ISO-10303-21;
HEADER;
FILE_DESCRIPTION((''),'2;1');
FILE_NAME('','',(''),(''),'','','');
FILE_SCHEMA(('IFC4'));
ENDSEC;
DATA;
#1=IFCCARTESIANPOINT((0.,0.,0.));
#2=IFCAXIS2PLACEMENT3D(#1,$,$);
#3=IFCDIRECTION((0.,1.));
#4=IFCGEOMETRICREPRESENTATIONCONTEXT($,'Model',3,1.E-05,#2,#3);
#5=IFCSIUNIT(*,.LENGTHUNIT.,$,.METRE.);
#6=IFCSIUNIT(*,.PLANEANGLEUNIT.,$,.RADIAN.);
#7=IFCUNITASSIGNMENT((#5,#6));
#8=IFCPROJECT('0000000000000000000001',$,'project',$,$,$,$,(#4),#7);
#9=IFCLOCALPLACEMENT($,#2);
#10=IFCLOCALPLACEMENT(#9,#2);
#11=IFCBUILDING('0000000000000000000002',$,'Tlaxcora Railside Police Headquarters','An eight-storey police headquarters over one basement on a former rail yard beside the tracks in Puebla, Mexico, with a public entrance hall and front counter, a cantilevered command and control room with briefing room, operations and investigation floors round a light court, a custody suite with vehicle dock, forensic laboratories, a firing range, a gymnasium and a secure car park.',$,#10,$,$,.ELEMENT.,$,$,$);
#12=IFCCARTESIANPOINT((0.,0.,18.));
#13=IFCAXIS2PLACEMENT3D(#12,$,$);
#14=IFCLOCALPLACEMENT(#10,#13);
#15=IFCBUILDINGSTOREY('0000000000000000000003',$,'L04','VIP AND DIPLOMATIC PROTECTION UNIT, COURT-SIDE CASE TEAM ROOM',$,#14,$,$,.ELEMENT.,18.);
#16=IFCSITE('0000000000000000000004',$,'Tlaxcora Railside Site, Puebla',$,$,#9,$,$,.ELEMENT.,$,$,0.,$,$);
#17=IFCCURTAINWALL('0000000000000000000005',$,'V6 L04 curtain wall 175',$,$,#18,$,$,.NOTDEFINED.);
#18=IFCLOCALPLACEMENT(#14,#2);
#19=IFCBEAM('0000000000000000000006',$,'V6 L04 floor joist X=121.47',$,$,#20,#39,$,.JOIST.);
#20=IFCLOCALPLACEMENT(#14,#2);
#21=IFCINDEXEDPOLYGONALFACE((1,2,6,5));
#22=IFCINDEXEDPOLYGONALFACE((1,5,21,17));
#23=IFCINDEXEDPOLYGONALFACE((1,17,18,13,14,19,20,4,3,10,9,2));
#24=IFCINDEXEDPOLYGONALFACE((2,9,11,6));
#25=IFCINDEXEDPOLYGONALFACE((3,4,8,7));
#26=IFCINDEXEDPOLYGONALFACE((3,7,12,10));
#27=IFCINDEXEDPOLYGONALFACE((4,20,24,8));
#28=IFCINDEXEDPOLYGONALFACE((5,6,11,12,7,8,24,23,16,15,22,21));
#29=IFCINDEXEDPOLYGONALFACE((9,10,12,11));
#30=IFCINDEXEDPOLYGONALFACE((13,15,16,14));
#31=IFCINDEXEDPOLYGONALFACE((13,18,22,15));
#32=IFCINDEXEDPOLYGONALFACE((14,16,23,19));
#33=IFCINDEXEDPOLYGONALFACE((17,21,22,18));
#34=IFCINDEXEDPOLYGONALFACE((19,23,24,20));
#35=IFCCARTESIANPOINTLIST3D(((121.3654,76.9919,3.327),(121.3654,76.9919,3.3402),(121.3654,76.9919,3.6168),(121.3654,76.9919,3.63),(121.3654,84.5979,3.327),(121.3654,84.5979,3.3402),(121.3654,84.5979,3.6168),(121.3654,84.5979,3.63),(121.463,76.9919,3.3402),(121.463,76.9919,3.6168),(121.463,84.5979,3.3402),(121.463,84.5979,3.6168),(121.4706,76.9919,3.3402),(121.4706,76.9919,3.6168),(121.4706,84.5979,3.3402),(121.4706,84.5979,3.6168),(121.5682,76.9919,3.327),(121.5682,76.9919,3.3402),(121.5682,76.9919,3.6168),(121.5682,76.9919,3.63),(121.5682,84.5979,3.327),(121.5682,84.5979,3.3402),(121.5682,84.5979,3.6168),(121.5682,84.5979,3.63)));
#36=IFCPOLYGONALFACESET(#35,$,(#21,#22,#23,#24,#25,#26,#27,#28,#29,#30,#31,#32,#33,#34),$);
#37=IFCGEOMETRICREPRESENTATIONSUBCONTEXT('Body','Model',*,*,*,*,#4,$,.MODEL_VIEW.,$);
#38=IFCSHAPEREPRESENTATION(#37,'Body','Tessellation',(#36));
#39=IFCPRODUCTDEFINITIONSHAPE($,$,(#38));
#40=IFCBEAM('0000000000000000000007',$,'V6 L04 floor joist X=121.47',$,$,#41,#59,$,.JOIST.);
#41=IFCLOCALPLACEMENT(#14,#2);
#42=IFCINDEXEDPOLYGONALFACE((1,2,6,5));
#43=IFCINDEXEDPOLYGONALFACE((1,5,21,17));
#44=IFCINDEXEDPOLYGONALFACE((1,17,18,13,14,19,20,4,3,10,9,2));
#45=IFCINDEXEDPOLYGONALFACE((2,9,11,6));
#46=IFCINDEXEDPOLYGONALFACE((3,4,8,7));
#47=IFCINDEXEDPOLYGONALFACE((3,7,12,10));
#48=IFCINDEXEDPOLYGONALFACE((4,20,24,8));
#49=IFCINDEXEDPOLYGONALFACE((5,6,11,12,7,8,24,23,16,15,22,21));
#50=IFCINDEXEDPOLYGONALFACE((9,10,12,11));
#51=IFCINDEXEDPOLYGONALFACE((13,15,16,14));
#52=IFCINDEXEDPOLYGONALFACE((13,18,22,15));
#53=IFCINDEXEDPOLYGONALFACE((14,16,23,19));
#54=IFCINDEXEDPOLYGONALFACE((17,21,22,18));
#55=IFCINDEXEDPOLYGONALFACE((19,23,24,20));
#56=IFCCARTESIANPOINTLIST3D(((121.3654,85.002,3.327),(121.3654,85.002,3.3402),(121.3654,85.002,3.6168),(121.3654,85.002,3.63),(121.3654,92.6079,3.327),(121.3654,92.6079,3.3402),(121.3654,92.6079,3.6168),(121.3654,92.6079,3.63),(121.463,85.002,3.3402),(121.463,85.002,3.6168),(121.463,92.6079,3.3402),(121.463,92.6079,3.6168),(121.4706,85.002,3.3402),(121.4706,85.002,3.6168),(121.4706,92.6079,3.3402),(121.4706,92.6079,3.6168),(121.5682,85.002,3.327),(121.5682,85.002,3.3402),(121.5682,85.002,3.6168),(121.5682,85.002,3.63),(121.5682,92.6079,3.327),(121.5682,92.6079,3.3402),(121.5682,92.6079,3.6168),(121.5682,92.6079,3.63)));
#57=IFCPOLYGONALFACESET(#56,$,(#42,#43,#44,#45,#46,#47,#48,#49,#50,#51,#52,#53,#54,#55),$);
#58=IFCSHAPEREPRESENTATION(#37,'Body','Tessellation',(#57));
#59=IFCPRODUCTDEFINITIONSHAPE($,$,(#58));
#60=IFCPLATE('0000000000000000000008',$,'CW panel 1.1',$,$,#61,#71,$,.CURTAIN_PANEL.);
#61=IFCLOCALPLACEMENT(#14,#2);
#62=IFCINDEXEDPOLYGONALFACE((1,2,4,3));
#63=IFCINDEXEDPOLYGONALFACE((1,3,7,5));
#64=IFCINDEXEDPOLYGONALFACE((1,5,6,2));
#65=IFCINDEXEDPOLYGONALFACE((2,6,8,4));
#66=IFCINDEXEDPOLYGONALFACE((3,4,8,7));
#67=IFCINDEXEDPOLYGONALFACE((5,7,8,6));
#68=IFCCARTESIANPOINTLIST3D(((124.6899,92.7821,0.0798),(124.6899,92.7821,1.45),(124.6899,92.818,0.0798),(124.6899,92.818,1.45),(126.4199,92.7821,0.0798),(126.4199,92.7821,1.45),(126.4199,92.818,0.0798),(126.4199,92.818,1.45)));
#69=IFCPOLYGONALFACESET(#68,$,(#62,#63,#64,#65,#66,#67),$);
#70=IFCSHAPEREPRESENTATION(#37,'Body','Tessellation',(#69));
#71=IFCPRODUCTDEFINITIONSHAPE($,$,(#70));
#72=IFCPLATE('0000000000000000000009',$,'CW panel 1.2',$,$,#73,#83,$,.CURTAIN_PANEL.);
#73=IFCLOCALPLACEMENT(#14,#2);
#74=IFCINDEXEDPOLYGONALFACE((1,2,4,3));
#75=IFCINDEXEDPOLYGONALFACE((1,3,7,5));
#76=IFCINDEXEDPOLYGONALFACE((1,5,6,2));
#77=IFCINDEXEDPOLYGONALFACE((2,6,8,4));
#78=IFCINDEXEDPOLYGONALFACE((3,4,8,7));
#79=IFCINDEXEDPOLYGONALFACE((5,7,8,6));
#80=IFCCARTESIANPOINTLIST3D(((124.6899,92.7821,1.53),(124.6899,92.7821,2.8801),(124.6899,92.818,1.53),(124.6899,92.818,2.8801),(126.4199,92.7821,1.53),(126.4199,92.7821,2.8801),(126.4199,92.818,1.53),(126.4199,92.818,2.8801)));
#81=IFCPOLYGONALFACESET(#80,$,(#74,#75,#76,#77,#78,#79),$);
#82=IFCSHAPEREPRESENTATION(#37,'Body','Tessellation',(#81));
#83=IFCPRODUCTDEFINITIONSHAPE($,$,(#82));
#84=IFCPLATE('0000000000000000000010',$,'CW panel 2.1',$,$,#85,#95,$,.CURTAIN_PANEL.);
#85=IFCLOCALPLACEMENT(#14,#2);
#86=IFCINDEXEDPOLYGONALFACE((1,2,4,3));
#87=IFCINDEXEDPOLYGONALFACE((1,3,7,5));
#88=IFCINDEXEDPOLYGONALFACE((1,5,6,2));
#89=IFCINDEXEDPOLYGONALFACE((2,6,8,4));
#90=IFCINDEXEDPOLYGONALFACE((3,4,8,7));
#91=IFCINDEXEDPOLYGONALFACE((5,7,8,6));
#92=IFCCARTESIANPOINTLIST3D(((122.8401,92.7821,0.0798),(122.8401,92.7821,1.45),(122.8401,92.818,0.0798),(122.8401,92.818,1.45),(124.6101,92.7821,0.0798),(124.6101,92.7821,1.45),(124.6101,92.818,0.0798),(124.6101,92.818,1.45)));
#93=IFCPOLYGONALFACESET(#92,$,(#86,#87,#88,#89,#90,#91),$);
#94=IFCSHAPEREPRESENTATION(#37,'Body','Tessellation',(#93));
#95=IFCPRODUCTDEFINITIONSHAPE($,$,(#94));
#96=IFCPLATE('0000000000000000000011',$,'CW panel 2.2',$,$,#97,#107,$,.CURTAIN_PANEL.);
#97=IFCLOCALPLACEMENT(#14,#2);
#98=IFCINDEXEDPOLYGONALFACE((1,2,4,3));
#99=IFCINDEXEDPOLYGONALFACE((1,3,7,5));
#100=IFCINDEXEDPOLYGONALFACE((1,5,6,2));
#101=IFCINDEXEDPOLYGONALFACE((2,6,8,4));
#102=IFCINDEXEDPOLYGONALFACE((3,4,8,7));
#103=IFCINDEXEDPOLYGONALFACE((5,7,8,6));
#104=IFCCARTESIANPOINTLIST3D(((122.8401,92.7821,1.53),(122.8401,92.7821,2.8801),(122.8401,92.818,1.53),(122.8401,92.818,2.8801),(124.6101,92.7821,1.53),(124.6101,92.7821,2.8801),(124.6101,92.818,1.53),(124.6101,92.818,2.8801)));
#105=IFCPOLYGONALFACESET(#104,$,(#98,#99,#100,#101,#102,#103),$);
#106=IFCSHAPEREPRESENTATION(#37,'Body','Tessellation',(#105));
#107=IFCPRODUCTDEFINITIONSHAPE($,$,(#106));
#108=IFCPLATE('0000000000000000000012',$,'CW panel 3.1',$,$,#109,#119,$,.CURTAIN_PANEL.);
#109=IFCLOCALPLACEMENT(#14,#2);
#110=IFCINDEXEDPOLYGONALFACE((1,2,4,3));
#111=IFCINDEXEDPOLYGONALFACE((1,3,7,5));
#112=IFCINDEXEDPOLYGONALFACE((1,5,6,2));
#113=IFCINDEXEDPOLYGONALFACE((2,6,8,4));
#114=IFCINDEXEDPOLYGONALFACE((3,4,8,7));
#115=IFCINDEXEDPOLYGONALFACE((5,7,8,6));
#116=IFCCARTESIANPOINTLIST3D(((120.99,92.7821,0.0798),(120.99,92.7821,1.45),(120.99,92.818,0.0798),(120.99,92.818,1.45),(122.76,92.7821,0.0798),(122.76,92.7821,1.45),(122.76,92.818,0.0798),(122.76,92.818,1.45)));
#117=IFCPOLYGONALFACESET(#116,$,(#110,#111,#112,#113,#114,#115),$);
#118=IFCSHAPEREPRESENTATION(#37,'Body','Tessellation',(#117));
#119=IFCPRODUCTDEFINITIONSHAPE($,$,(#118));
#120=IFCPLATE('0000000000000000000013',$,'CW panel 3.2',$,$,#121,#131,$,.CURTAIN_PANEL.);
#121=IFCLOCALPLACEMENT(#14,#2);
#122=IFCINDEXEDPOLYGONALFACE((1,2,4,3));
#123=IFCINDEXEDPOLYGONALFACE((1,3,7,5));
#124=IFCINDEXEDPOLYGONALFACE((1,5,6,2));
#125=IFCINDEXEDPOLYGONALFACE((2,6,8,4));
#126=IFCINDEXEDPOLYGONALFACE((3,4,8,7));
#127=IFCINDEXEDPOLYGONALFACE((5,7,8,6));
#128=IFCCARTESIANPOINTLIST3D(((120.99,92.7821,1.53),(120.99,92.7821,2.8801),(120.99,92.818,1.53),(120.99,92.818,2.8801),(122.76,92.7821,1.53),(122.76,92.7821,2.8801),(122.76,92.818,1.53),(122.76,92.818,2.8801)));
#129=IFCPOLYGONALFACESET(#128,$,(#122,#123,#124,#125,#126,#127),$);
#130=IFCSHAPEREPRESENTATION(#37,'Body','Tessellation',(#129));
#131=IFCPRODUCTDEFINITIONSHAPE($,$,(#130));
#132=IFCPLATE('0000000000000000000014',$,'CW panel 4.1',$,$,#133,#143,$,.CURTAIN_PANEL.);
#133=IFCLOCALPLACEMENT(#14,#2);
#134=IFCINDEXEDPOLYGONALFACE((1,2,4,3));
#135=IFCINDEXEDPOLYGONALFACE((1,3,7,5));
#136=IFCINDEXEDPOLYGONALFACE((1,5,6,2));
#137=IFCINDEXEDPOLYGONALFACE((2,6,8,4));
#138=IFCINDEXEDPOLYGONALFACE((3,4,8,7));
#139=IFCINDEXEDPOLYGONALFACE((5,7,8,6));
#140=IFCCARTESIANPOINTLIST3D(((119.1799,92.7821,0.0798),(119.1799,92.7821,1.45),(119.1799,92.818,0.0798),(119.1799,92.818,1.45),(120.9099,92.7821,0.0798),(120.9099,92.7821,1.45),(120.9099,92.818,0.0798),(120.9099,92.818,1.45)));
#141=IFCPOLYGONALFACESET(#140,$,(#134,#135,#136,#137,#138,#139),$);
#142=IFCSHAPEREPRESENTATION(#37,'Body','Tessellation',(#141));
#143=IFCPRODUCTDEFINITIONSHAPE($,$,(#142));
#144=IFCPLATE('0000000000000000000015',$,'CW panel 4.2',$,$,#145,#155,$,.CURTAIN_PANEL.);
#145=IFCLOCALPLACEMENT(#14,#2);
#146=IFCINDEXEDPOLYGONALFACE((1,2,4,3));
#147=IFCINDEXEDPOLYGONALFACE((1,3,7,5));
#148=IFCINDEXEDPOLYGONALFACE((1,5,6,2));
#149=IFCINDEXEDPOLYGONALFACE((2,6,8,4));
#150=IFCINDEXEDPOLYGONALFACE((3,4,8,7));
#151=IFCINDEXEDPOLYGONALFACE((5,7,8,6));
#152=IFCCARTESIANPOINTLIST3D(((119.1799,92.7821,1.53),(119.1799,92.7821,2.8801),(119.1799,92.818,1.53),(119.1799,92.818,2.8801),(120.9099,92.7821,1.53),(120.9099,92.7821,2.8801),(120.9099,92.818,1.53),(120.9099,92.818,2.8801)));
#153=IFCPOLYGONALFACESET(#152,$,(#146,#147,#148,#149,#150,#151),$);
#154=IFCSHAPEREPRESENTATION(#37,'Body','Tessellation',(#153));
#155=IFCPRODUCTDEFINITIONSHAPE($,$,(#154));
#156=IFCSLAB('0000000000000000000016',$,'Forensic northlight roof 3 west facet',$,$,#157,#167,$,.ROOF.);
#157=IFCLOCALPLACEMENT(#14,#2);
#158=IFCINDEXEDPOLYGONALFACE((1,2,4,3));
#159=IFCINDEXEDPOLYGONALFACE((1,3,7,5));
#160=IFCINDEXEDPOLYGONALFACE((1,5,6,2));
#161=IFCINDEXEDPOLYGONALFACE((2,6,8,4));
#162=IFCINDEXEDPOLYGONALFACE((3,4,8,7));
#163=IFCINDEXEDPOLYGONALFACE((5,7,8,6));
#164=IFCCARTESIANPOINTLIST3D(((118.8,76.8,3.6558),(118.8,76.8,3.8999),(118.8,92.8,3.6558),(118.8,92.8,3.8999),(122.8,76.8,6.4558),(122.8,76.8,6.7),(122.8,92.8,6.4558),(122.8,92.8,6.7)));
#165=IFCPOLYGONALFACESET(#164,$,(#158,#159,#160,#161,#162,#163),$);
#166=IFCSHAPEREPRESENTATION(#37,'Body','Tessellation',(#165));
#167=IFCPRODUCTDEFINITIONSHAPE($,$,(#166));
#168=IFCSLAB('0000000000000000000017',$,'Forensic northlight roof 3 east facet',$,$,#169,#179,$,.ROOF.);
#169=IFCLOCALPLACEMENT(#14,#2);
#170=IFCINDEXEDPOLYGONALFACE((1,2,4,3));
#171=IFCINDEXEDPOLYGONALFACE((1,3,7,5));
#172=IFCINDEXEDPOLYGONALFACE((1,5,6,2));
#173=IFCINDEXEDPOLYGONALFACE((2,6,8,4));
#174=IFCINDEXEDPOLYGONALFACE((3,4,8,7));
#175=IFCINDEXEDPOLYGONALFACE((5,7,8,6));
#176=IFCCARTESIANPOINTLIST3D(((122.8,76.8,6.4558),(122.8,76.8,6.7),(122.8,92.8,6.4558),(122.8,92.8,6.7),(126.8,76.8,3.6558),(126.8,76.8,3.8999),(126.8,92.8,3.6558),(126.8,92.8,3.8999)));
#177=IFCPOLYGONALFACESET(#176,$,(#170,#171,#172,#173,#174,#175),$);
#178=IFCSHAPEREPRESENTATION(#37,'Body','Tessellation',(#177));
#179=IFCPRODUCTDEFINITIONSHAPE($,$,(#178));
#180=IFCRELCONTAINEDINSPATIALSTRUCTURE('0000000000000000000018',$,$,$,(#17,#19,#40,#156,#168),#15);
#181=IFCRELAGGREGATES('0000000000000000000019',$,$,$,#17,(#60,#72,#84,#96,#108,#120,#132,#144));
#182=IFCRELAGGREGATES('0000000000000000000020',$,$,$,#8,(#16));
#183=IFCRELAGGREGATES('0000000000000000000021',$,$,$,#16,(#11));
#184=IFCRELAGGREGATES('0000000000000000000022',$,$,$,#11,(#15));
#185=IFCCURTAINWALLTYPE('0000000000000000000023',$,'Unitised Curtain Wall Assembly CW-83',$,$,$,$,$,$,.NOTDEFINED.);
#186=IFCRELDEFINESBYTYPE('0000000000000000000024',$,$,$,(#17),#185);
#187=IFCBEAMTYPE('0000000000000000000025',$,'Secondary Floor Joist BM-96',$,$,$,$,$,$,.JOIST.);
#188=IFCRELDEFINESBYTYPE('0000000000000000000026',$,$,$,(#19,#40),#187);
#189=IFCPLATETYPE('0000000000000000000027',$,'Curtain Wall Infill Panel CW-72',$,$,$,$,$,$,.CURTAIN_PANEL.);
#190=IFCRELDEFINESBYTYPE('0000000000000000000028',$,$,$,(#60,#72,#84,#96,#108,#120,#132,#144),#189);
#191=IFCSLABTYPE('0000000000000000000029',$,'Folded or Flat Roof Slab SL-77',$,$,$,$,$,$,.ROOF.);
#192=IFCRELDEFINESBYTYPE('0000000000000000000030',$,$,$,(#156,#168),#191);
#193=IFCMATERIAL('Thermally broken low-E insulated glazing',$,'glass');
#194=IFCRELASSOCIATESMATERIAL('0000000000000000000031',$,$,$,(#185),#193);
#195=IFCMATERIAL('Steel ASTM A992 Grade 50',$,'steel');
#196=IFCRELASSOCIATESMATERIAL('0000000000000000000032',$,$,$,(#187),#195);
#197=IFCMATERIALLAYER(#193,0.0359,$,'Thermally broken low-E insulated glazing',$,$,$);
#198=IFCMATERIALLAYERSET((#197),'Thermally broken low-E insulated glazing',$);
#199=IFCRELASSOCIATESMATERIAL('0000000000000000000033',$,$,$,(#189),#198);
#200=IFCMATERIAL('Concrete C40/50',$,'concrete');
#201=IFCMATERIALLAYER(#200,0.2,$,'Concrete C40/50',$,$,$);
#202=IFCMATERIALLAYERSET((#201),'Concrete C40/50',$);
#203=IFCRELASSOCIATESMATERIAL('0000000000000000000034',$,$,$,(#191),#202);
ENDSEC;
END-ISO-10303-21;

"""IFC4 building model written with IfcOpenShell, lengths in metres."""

from ifc_helpers import new_model, si_unit, direction, frame, origin, origin_2d, place, context, subcontext, project, spatial, polyline, rectangle, i_section, outline, extrude, material, layer, layer_set, material_profile, profile_set, type_object, element, aggregate, save


model = new_model("IFC4")

# Units and contexts
model_context = context("Model", 3, precision=1e-05, world=origin(), true_north=direction((0.0, 1.0)))
body_context = subcontext(model_context, "Body", "Model", "MODEL_VIEW")
ifc_project = project(units=[si_unit("LENGTHUNIT", "METRE"), si_unit("PLANEANGLEUNIT", "RADIAN")], contexts=[model_context])

# Site, building, storey
site_placement = place(None, origin())
site = spatial("IfcSite", under=ifc_project, at=site_placement, Name="Tlaxcora Railside Site, Puebla", CompositionType="ELEMENT", RefElevation=0.0)
building_placement = place(site_placement, origin())
building = spatial("IfcBuilding", under=site, at=building_placement, Name="Tlaxcora Railside Police Headquarters", Description="An eight-storey police headquarters over one basement on a former rail yard beside the tracks in Puebla, Mexico, with a public entrance hall and front counter, a cantilevered command and control room with briefing room, operations and investigation floors round a light court, a custody suite with vehicle dock, forensic laboratories, a firing range, a gymnasium and a secure car park.", CompositionType="ELEMENT")
storey_placement = place(building_placement, frame((0.0, 0.0, 18.0)))
storey = spatial("IfcBuildingStorey", under=building, at=storey_placement, Name="L04", Description="VIP AND DIPLOMATIC PROTECTION UNIT, COURT-SIDE CASE TEAM ROOM", CompositionType="ELEMENT", Elevation=18.0)

# Shared definitions
ifc_material_1 = material(Name="Concrete C40/50", Category="concrete")

# Curtain wall
ifc_material_2 = material(Name="Thermally broken low-E insulated glazing", Category="glass")
curtain_wall_type = type_object("IfcCurtainWallType", Name="Unitised Curtain Wall Assembly CW-83", PredefinedType="NOTDEFINED", material=ifc_material_2)
curtain_wall_placement = place(storey_placement, origin())
curtain_wall = element("IfcCurtainWall", 1, at=curtain_wall_placement, inside=storey, type_object=curtain_wall_type, Name="V6 L04 curtain wall 175", PredefinedType="NOTDEFINED")

# Shared definitions
ifc_material_3 = material(Name="Steel ASTM A992 Grade 50", Category="steel")

# Beams
ifc_material_profile_1 = material_profile(ifc_material_3, i_section(OverallWidth=0.2029, OverallDepth=0.303, WebThickness=0.0076, FlangeThickness=0.0132, at=origin_2d()), Name="W12X40")
ifc_profile_set_1 = profile_set([ifc_material_profile_1], Name="Steel ASTM A992 Grade 50")
beam_type_1 = type_object("IfcBeamType", Name="Secondary Floor Joist BM-96", PredefinedType="JOIST", material=ifc_profile_set_1)
for number, where, z_axis, x_axis, name in (
    (2, (121.4668, 76.9919, 3.4785), (0.0, 1.0, 0.0), (-1.0, 0.0, 0.0), "V6 L04 floor joist X=121.47"),
    (3, (121.4668, 85.002, 3.4785), (0.0, 1.0, 0.0), (-1.0, 0.0, 0.0), "V6 L04 floor joist X=121.47"),
):
    element("IfcBeam", number, at=place(storey_placement, frame(where, z_axis=z_axis, x_axis=x_axis)), inside=storey, type_object=beam_type_1, Name=name, PredefinedType="JOIST", context=body_context, shape_type="SweptSolid", body=[
        extrude(i_section(OverallWidth=0.2029, OverallDepth=0.303, WebThickness=0.0076, FlangeThickness=0.0132, at=origin_2d()), origin(), (0.0, 0.0, 1.0), 7.606),
    ])

# Plates
ifc_layer_1 = layer(ifc_material_2, 0.0359, Name="Thermally broken low-E insulated glazing")
ifc_layer_set_1 = layer_set([ifc_layer_1], Name="Thermally broken low-E insulated glazing")
plate_type = type_object("IfcPlateType", Name="Curtain Wall Infill Panel CW-72", PredefinedType="CURTAIN_PANEL", material=ifc_layer_set_1)
plate_1_placement = place(storey_placement, frame((125.5549, 92.8, 0.0798), z_axis=(0.0, 0.0, 1.0), x_axis=(-1.0, 0.0, 0.0)))
plate_1 = element("IfcPlate", 4, at=plate_1_placement, type_object=plate_type, Name="CW panel 1.1", PredefinedType="CURTAIN_PANEL", context=body_context, shape_type="SweptSolid", body=[
    extrude(rectangle(XDim=1.73, YDim=0.0359, at=origin_2d()), origin(), (0.0, 0.0, 1.0), 1.3701),
])
plate_2_placement = place(storey_placement, frame((125.5549, 92.8, 1.53), z_axis=(0.0, 0.0, 1.0), x_axis=(-1.0, 0.0, 0.0)))
plate_2 = element("IfcPlate", 5, at=plate_2_placement, type_object=plate_type, Name="CW panel 1.2", PredefinedType="CURTAIN_PANEL", context=body_context, shape_type="SweptSolid", body=[
    extrude(rectangle(XDim=1.73, YDim=0.0359, at=origin_2d()), origin(), (0.0, 0.0, 1.0), 1.3501),
])
plate_3_placement = place(storey_placement, frame((123.7251, 92.8, 0.0798), z_axis=(0.0, 0.0, 1.0), x_axis=(-1.0, 0.0, 0.0)))
plate_3 = element("IfcPlate", 6, at=plate_3_placement, type_object=plate_type, Name="CW panel 2.1", PredefinedType="CURTAIN_PANEL", context=body_context, shape_type="SweptSolid", body=[
    extrude(rectangle(XDim=1.77, YDim=0.0359, at=origin_2d()), origin(), (0.0, 0.0, 1.0), 1.3701),
])
plate_4_placement = place(storey_placement, frame((123.7251, 92.8, 1.53), z_axis=(0.0, 0.0, 1.0), x_axis=(-1.0, 0.0, 0.0)))
plate_4 = element("IfcPlate", 7, at=plate_4_placement, type_object=plate_type, Name="CW panel 2.2", PredefinedType="CURTAIN_PANEL", context=body_context, shape_type="SweptSolid", body=[
    extrude(rectangle(XDim=1.77, YDim=0.0359, at=origin_2d()), origin(), (0.0, 0.0, 1.0), 1.3501),
])
plate_5_placement = place(storey_placement, frame((121.875, 92.8, 0.0798), z_axis=(0.0, 0.0, 1.0), x_axis=(-1.0, 0.0, 0.0)))
plate_5 = element("IfcPlate", 8, at=plate_5_placement, type_object=plate_type, Name="CW panel 3.1", PredefinedType="CURTAIN_PANEL", context=body_context, shape_type="SweptSolid", body=[
    extrude(rectangle(XDim=1.77, YDim=0.0359, at=origin_2d()), origin(), (0.0, 0.0, 1.0), 1.3701),
])
plate_6_placement = place(storey_placement, frame((121.875, 92.8, 1.53), z_axis=(0.0, 0.0, 1.0), x_axis=(-1.0, 0.0, 0.0)))
plate_6 = element("IfcPlate", 9, at=plate_6_placement, type_object=plate_type, Name="CW panel 3.2", PredefinedType="CURTAIN_PANEL", context=body_context, shape_type="SweptSolid", body=[
    extrude(rectangle(XDim=1.77, YDim=0.0359, at=origin_2d()), origin(), (0.0, 0.0, 1.0), 1.3501),
])
plate_7_placement = place(storey_placement, frame((120.0449, 92.8, 0.0798), z_axis=(0.0, 0.0, 1.0), x_axis=(-1.0, 0.0, 0.0)))
plate_7 = element("IfcPlate", 10, at=plate_7_placement, type_object=plate_type, Name="CW panel 4.1", PredefinedType="CURTAIN_PANEL", context=body_context, shape_type="SweptSolid", body=[
    extrude(rectangle(XDim=1.73, YDim=0.0359, at=origin_2d()), origin(), (0.0, 0.0, 1.0), 1.3701),
])
plate_8_placement = place(storey_placement, frame((120.0449, 92.8, 1.53), z_axis=(0.0, 0.0, 1.0), x_axis=(-1.0, 0.0, 0.0)))
plate_8 = element("IfcPlate", 11, at=plate_8_placement, type_object=plate_type, Name="CW panel 4.2", PredefinedType="CURTAIN_PANEL", context=body_context, shape_type="SweptSolid", body=[
    extrude(rectangle(XDim=1.73, YDim=0.0359, at=origin_2d()), origin(), (0.0, 0.0, 1.0), 1.3501),
])
aggregate(curtain_wall, [plate_1, plate_2, plate_3, plate_4, plate_5, plate_6, plate_7, plate_8])

# Slabs
ifc_layer_2 = layer(ifc_material_1, 0.2, Name="Concrete C40/50")
ifc_layer_set_2 = layer_set([ifc_layer_2], Name="Concrete C40/50")
slab_type = type_object("IfcSlabType", Name="Folded or Flat Roof Slab SL-77", PredefinedType="ROOF", material=ifc_layer_set_2)
slab_1_placement = place(storey_placement, frame((118.8, 92.8, 0.0), z_axis=(0.0, -1.0, 0.0), x_axis=(1.0, 0.0, 0.0)))
element("IfcSlab", 12, at=slab_1_placement, inside=storey, type_object=slab_type, Name="Forensic northlight roof 3 west facet", PredefinedType="ROOF", context=body_context, shape_type="SweptSolid", body=[
    extrude(outline(polyline([(0.0, 3.6558), (4.0, 6.4558), (4.0, 6.7), (0.0, 3.8999), (0.0, 3.6558)])), origin(), (0.0, 0.0, 1.0), 16.0),
])
slab_2_placement = place(storey_placement, frame((122.8, 92.8, 0.0), z_axis=(0.0, -1.0, 0.0), x_axis=(1.0, 0.0, 0.0)))
element("IfcSlab", 13, at=slab_2_placement, inside=storey, type_object=slab_type, Name="Forensic northlight roof 3 east facet", PredefinedType="ROOF", context=body_context, shape_type="SweptSolid", body=[
    extrude(outline(polyline([(0.0, 6.4558), (4.0, 3.6558), (4.0, 3.8999), (0.0, 6.7), (0.0, 6.4558)])), origin(), (0.0, 0.0, 1.0), 16.0),
])

save(model, "model.ifc")
